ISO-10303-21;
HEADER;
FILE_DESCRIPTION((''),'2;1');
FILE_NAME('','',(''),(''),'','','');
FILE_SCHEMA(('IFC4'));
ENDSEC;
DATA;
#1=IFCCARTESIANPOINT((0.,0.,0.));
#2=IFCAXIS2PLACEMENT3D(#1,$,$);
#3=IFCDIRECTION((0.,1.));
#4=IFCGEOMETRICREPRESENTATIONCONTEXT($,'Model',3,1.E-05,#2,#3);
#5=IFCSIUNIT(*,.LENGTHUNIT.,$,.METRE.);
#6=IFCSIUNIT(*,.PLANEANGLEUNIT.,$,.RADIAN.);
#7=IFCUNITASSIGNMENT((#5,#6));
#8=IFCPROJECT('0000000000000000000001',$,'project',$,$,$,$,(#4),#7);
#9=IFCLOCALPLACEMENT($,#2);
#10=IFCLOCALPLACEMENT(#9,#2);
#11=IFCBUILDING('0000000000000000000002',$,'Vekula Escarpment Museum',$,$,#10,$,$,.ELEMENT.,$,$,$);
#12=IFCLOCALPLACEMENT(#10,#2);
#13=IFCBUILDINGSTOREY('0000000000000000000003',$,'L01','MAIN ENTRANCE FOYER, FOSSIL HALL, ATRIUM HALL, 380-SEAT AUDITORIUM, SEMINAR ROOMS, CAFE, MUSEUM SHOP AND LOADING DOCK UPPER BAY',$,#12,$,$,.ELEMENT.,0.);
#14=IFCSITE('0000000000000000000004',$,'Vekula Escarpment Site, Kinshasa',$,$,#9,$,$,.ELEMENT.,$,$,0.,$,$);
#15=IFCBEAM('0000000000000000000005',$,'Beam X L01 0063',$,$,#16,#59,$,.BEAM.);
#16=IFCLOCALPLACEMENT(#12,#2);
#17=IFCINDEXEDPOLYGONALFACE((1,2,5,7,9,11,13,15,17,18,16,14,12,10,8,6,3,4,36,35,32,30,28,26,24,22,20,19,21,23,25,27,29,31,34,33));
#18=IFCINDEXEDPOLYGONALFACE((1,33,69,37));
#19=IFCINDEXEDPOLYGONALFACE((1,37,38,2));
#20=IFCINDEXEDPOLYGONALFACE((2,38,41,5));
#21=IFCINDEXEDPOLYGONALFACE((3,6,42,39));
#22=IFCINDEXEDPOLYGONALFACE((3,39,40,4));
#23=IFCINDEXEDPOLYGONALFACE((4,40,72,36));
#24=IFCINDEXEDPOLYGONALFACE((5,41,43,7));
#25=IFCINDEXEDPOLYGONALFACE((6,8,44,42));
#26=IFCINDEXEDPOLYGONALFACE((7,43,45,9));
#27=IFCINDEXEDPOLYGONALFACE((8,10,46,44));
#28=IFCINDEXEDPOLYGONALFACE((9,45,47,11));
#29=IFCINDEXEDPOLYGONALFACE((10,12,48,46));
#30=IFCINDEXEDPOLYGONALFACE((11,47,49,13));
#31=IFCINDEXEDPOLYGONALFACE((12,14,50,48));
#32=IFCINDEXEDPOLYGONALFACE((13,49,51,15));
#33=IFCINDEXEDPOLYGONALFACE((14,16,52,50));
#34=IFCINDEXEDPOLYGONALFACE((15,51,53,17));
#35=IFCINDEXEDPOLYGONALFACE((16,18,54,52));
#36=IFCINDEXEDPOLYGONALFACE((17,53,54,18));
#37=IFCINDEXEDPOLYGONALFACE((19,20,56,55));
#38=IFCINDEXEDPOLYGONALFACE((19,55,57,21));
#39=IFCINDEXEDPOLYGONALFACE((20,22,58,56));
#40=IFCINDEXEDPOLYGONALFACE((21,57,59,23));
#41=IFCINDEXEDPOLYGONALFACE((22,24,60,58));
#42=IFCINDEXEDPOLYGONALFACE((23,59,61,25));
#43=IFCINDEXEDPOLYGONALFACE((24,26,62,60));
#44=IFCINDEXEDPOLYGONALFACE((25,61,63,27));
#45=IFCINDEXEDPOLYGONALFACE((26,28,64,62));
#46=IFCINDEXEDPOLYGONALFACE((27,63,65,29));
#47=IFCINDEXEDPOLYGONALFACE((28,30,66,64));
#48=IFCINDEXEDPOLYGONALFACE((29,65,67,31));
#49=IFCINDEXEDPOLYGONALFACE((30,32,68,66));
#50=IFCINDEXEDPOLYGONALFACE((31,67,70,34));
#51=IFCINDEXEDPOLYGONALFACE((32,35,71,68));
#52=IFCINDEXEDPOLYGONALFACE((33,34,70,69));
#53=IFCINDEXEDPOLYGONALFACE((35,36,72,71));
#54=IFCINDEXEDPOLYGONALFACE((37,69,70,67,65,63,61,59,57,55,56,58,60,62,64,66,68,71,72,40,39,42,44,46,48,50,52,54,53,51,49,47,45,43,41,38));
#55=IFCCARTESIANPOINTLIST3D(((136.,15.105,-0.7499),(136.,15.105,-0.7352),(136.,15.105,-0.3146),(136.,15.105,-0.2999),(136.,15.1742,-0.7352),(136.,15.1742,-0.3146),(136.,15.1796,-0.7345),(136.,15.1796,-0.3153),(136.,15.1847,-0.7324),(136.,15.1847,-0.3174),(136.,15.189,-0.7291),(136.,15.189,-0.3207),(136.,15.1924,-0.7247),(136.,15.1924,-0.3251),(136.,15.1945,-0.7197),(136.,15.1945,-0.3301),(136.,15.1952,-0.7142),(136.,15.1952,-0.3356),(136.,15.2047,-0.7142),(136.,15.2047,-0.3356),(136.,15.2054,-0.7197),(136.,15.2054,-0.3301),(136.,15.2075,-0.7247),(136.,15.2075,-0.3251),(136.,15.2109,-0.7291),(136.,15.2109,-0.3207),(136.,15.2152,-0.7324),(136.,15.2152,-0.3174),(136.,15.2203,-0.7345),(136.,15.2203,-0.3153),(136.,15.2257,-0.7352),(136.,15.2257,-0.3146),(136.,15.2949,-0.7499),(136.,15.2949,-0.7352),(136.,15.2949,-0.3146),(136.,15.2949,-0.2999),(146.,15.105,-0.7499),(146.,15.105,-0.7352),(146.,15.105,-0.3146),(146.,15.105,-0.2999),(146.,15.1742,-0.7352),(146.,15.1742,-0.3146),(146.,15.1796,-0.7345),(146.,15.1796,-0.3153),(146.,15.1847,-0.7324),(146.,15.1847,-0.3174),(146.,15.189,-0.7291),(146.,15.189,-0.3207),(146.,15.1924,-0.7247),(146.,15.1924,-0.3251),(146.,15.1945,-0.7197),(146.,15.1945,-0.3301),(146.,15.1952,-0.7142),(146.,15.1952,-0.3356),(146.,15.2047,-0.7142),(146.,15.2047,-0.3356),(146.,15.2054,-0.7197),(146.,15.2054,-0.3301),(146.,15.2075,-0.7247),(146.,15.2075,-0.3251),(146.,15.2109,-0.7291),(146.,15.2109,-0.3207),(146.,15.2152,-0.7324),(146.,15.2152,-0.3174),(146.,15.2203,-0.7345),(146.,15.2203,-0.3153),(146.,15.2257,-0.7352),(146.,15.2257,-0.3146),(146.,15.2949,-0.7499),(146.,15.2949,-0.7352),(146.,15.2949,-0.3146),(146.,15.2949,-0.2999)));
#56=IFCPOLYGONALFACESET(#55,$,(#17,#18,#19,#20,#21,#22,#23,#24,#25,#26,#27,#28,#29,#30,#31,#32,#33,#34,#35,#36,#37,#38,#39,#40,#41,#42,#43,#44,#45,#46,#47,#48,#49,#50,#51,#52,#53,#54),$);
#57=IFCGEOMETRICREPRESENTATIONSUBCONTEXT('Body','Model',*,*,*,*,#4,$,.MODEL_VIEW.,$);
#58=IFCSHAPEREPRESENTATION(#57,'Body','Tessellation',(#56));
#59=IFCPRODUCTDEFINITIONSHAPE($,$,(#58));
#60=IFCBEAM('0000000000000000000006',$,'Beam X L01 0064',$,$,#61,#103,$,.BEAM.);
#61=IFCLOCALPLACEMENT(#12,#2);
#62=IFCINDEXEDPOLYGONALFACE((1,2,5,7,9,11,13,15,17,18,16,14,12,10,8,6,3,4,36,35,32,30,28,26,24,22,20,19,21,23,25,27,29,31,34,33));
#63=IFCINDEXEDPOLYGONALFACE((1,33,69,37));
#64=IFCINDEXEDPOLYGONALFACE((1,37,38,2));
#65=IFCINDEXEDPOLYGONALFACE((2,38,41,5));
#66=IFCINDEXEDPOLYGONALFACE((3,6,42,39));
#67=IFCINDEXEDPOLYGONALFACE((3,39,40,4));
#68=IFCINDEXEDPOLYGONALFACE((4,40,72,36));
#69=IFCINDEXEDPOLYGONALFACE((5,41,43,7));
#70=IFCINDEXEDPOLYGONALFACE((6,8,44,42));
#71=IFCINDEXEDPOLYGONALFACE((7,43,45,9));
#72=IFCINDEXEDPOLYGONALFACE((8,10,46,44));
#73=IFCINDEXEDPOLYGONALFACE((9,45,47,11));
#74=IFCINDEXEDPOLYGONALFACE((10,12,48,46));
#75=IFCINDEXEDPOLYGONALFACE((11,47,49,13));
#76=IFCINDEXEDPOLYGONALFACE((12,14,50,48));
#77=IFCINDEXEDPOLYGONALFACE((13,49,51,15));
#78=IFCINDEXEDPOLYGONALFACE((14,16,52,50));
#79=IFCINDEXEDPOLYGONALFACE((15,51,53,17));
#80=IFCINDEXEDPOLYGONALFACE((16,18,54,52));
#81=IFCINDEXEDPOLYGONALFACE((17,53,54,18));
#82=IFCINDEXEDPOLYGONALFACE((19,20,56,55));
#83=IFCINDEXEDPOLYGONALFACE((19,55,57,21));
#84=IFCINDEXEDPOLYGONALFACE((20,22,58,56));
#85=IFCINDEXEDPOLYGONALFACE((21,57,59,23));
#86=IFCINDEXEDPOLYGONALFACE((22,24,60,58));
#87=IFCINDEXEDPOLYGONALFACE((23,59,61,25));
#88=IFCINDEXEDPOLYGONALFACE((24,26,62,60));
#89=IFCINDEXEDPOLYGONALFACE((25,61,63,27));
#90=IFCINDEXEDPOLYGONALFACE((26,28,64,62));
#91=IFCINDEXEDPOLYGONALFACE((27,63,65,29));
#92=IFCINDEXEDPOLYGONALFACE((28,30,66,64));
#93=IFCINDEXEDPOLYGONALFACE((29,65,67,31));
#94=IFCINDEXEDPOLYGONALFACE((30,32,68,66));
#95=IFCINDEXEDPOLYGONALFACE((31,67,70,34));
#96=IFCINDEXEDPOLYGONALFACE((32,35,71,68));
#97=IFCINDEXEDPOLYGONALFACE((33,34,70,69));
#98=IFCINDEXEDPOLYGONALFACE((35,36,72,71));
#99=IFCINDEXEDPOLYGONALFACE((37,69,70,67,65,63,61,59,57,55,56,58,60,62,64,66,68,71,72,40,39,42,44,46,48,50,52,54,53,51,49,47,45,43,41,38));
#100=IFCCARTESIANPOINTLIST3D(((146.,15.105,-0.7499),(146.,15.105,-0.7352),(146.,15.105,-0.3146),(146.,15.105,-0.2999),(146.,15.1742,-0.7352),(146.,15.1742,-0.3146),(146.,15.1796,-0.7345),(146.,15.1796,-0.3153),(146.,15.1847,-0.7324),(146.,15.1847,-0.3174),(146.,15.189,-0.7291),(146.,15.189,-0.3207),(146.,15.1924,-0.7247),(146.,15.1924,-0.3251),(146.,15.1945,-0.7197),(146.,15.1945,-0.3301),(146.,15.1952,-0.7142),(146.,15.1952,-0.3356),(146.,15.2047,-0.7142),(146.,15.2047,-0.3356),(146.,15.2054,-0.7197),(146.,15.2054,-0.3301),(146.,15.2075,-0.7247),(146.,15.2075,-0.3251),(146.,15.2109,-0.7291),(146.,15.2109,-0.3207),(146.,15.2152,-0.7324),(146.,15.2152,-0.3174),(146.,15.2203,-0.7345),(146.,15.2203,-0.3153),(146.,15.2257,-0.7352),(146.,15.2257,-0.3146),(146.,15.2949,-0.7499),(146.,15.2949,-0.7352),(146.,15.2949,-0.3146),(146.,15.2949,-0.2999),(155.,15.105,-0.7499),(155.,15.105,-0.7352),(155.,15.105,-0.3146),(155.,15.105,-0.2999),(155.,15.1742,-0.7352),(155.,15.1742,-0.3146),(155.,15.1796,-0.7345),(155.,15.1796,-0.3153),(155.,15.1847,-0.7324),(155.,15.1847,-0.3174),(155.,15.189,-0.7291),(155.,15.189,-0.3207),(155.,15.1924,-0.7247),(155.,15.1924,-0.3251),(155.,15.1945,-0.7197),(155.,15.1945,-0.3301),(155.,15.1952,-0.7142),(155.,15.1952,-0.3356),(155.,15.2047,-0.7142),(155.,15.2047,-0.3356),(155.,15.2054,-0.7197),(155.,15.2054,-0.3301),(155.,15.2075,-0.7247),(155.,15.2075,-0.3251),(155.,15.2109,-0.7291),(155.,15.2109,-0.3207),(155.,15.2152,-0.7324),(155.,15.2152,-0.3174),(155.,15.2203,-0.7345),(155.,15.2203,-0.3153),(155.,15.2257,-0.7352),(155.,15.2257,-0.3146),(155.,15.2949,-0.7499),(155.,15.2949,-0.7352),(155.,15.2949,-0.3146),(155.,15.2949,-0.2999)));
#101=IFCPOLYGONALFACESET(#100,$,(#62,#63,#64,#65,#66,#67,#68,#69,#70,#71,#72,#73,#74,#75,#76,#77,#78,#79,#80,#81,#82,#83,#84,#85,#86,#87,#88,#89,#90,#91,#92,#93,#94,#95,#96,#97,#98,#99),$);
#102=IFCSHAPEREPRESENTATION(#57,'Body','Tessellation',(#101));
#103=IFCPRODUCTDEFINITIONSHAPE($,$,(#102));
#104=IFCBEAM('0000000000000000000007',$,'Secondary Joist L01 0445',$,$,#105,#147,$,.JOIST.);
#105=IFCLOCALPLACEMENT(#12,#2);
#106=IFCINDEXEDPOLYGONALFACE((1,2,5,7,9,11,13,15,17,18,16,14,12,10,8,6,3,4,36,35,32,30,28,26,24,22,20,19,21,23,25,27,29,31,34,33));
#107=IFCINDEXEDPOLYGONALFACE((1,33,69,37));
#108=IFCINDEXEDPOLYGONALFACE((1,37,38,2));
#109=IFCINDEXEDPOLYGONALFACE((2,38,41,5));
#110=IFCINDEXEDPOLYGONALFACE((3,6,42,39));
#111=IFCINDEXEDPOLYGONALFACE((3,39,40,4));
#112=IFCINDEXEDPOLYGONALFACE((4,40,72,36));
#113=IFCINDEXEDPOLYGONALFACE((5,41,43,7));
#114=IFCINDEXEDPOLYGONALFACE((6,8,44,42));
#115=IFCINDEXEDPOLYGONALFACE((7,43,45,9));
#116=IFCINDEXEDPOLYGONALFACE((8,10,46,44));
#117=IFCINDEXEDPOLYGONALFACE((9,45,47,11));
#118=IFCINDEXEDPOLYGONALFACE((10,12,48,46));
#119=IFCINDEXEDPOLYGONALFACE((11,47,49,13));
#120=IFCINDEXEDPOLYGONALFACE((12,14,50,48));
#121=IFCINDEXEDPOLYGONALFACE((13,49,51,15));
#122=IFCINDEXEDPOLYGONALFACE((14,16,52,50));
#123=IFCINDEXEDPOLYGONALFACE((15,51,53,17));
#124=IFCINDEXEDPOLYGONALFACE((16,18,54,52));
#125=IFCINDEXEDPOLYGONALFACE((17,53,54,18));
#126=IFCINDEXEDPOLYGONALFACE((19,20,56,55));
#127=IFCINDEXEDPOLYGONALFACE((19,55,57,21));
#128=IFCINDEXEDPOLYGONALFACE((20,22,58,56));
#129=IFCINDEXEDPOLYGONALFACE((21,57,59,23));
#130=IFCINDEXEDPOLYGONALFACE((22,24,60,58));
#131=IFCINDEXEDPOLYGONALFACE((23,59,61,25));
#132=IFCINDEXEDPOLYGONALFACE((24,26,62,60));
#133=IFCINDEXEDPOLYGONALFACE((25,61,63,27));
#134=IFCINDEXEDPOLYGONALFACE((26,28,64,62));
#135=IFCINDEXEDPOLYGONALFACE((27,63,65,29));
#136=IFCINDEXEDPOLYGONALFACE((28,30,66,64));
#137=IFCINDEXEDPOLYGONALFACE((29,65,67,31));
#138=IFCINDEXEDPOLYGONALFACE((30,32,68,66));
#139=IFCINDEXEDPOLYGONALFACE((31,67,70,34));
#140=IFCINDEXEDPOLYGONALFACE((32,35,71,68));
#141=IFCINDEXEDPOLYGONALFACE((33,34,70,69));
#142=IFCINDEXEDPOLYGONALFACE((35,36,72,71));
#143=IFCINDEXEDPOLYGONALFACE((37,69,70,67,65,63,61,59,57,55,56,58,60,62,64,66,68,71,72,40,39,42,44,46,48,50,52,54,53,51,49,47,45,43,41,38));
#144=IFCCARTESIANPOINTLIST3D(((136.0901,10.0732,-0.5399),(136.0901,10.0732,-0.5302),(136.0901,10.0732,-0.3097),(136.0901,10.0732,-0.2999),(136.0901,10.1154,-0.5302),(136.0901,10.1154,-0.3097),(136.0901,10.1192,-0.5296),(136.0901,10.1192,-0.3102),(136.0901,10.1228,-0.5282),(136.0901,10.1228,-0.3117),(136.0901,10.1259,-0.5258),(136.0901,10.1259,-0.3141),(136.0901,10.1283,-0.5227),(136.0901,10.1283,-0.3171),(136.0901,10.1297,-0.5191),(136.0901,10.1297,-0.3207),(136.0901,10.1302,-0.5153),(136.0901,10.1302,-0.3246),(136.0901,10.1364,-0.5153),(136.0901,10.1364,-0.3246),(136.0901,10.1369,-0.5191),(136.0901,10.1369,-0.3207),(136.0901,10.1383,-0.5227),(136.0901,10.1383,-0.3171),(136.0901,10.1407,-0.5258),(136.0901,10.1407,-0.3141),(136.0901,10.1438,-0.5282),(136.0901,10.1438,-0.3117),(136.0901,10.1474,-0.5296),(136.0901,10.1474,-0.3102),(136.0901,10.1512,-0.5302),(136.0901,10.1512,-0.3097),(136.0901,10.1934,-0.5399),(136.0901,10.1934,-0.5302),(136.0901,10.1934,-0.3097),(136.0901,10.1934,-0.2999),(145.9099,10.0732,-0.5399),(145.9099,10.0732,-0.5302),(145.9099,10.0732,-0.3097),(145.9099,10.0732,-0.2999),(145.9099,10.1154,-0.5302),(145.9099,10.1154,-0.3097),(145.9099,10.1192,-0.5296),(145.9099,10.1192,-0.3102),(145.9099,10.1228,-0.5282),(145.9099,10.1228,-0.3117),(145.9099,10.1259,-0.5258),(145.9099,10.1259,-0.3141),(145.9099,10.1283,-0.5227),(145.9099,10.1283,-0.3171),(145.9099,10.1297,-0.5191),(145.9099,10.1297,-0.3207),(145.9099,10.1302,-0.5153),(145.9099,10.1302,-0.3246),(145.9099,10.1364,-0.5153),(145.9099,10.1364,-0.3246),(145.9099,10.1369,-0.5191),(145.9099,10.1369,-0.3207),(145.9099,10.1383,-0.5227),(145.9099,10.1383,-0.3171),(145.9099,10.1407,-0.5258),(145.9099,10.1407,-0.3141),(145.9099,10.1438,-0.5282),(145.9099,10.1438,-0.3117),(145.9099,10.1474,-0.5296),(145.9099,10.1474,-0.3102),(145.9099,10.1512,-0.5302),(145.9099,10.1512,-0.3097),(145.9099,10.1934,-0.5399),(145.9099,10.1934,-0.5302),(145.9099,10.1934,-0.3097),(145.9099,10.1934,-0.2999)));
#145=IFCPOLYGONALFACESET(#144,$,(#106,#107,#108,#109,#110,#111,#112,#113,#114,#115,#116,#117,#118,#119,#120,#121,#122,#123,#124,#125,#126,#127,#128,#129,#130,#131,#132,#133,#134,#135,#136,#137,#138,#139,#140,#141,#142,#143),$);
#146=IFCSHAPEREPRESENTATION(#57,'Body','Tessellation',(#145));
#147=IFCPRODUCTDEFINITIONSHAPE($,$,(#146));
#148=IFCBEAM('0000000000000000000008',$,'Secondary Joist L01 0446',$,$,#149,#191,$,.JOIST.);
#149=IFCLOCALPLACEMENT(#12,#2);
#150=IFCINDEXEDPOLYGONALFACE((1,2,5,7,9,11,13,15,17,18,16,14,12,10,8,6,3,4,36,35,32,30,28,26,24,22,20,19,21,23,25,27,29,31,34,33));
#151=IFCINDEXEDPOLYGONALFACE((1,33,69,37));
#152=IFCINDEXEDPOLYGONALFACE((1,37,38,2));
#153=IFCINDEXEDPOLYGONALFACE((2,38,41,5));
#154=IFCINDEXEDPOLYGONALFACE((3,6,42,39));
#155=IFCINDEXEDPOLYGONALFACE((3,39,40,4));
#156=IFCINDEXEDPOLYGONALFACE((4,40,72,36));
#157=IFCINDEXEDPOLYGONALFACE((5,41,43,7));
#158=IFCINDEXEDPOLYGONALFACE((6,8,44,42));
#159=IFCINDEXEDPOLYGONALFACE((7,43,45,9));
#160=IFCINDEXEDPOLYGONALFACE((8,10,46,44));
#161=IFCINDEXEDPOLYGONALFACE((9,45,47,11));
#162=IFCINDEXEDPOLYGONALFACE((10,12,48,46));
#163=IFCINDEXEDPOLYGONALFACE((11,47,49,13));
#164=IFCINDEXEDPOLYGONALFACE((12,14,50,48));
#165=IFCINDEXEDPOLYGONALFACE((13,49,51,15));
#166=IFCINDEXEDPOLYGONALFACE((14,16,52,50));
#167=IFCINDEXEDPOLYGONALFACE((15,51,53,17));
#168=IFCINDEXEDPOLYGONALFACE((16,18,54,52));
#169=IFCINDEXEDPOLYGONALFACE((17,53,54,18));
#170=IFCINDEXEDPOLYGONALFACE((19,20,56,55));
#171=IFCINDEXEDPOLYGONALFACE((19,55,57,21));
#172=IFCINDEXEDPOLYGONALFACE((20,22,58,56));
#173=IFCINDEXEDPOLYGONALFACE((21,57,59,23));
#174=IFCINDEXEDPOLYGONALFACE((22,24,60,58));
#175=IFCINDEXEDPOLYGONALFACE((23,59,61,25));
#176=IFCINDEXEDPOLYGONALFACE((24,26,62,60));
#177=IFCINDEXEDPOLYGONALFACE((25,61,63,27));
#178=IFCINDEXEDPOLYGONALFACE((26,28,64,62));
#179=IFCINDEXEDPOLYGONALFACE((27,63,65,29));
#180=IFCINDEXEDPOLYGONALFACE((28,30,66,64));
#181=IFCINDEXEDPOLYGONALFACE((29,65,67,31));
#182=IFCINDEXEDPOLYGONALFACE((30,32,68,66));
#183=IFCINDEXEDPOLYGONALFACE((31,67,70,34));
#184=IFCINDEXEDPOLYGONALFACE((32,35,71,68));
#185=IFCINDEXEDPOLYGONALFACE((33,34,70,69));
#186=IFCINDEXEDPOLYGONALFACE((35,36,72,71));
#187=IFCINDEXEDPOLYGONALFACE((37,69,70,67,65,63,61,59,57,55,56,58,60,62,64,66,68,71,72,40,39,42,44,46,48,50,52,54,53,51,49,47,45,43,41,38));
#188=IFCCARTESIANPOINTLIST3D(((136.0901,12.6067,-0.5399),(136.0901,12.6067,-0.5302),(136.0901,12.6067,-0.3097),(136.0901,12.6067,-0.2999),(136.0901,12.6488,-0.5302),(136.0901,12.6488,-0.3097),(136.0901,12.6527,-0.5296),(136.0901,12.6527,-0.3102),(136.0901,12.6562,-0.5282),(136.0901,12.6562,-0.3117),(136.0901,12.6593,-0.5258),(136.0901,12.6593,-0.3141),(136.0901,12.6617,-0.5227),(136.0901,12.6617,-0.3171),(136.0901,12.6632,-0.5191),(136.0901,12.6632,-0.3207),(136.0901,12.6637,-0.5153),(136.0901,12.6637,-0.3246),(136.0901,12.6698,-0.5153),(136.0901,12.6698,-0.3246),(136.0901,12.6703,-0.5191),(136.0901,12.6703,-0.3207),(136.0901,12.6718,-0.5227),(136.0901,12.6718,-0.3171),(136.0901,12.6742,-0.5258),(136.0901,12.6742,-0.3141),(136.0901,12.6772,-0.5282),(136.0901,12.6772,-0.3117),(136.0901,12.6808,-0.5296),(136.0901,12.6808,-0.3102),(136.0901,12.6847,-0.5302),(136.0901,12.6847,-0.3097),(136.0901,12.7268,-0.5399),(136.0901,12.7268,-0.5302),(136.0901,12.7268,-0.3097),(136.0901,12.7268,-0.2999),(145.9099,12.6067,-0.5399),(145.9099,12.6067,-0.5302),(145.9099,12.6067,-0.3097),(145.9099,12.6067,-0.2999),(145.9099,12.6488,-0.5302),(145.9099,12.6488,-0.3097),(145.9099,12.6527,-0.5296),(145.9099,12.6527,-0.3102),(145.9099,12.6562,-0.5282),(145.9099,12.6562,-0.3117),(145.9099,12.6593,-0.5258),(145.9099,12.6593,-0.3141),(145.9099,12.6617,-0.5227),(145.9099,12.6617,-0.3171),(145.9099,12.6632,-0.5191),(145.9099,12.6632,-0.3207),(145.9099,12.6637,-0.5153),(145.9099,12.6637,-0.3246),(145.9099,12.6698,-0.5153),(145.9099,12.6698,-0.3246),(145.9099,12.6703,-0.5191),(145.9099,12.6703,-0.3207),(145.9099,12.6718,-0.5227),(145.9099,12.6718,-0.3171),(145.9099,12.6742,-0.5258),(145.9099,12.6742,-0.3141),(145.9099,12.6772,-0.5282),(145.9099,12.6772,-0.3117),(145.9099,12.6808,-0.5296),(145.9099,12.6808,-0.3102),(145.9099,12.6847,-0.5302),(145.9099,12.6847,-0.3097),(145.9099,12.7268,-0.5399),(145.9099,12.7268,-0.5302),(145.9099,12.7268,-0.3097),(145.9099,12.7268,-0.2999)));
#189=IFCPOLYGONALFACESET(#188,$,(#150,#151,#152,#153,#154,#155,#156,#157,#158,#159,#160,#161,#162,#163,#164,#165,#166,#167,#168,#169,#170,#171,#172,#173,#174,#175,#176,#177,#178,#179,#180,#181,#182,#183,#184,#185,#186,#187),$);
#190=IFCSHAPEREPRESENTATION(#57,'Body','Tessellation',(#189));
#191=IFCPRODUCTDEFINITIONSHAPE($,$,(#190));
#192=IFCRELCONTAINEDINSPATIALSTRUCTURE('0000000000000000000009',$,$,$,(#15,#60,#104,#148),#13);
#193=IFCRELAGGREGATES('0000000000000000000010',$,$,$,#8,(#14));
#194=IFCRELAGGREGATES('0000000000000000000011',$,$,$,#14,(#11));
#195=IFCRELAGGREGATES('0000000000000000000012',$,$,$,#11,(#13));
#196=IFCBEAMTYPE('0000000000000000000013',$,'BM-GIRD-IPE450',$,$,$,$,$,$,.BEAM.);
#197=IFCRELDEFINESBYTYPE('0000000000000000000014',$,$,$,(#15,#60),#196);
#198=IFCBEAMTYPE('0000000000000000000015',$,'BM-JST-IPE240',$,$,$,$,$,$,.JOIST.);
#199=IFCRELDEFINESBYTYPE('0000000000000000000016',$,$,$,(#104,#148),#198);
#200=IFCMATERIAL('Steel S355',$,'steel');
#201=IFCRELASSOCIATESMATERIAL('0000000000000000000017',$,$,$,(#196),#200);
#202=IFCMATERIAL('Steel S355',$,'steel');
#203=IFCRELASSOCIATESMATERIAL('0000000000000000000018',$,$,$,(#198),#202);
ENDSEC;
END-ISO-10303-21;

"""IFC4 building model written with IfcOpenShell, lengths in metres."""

from ifc_helpers import new_model, si_unit, direction, frame, origin, origin_2d, place, context, subcontext, project, spatial, i_section, extrude, material, material_profile, profile_set, type_object, element, save


model = new_model("IFC4")

# Units and contexts
model_context = context("Model", 3, precision=1e-05, world=origin(), true_north=direction((0.0, 1.0)))
body_context = subcontext(model_context, "Body", "Model", "MODEL_VIEW")
ifc_project = project(units=[si_unit("LENGTHUNIT", "METRE"), si_unit("PLANEANGLEUNIT", "RADIAN")], contexts=[model_context])

# Site, building, storey
site_placement = place(None, origin())
site = spatial("IfcSite", under=ifc_project, at=site_placement, Name="Vekula Escarpment Site, Kinshasa", CompositionType="ELEMENT", RefElevation=0.0)
building_placement = place(site_placement, origin())
building = spatial("IfcBuilding", under=site, at=building_placement, Name="Vekula Escarpment Museum", CompositionType="ELEMENT")
storey_placement = place(building_placement, origin())
storey = spatial("IfcBuildingStorey", under=building, at=storey_placement, Name="L01", Description="MAIN ENTRANCE FOYER, FOSSIL HALL, ATRIUM HALL, 380-SEAT AUDITORIUM, SEMINAR ROOMS, CAFE, MUSEUM SHOP AND LOADING DOCK UPPER BAY", CompositionType="ELEMENT", Elevation=0.0)

# Beams
ifc_material_1 = material(Name="Steel S355", Category="steel")
ifc_material_profile_1 = material_profile(ifc_material_1, i_section(OverallWidth=0.1899, OverallDepth=0.45, WebThickness=0.0095, FlangeThickness=0.0146, FilletRadius=0.021, at=origin_2d()), Name="IPE 450")
ifc_profile_set_1 = profile_set([ifc_material_profile_1], Name="Steel S355")
beam_type_1 = type_object("IfcBeamType", Name="BM-GIRD-IPE450", PredefinedType="BEAM", material=ifc_profile_set_1)
beam_1_placement = place(storey_placement, frame((136.0, 15.2, -0.5249), z_axis=(1.0, 0.0, 0.0), x_axis=(0.0, 1.0, 0.0)))
element("IfcBeam", 1, at=beam_1_placement, inside=storey, type_object=beam_type_1, Name="Beam X L01 0063", PredefinedType="BEAM", context=body_context, shape_type="SweptSolid", body=[
    extrude(i_section(OverallWidth=0.1899, OverallDepth=0.45, WebThickness=0.0095, FlangeThickness=0.0146, FilletRadius=0.021, at=origin_2d()), origin(), (0.0, 0.0, 1.0), 10.0),
])
beam_2_placement = place(storey_placement, frame((146.0, 15.2, -0.5249), z_axis=(1.0, 0.0, 0.0), x_axis=(0.0, 1.0, 0.0)))
element("IfcBeam", 2, at=beam_2_placement, inside=storey, type_object=beam_type_1, Name="Beam X L01 0064", PredefinedType="BEAM", context=body_context, shape_type="SweptSolid", body=[
    extrude(i_section(OverallWidth=0.1899, OverallDepth=0.45, WebThickness=0.0095, FlangeThickness=0.0146, FilletRadius=0.021, at=origin_2d()), origin(), (0.0, 0.0, 1.0), 9.0),
])
ifc_material_2 = material(Name="Steel S355", Category="steel")
ifc_material_profile_2 = material_profile(ifc_material_2, i_section(OverallWidth=0.1201, OverallDepth=0.24, WebThickness=0.0061, FlangeThickness=0.0098, FilletRadius=0.0149, at=origin_2d()), Name="IPE 240")
ifc_profile_set_2 = profile_set([ifc_material_profile_2], Name="Steel S355")
beam_type_2 = type_object("IfcBeamType", Name="BM-JST-IPE240", PredefinedType="JOIST", material=ifc_profile_set_2)
for number, where, z_axis, x_axis, name in (
    (3, (136.0901, 10.1333, -0.4199), (1.0, 0.0, 0.0), (0.0, 1.0, 0.0), "Secondary Joist L01 0445"),
    (4, (136.0901, 12.6667, -0.4199), (1.0, 0.0, 0.0), (0.0, 1.0, 0.0), "Secondary Joist L01 0446"),
):
    element("IfcBeam", number, at=place(storey_placement, frame(where, z_axis=z_axis, x_axis=x_axis)), inside=storey, type_object=beam_type_2, Name=name, PredefinedType="JOIST", context=body_context, shape_type="SweptSolid", body=[
        extrude(i_section(OverallWidth=0.1201, OverallDepth=0.24, WebThickness=0.0061, FlangeThickness=0.0098, FilletRadius=0.0149, at=origin_2d()), origin(), (0.0, 0.0, 1.0), 9.8198),
    ])

save(model, "model.ifc")
